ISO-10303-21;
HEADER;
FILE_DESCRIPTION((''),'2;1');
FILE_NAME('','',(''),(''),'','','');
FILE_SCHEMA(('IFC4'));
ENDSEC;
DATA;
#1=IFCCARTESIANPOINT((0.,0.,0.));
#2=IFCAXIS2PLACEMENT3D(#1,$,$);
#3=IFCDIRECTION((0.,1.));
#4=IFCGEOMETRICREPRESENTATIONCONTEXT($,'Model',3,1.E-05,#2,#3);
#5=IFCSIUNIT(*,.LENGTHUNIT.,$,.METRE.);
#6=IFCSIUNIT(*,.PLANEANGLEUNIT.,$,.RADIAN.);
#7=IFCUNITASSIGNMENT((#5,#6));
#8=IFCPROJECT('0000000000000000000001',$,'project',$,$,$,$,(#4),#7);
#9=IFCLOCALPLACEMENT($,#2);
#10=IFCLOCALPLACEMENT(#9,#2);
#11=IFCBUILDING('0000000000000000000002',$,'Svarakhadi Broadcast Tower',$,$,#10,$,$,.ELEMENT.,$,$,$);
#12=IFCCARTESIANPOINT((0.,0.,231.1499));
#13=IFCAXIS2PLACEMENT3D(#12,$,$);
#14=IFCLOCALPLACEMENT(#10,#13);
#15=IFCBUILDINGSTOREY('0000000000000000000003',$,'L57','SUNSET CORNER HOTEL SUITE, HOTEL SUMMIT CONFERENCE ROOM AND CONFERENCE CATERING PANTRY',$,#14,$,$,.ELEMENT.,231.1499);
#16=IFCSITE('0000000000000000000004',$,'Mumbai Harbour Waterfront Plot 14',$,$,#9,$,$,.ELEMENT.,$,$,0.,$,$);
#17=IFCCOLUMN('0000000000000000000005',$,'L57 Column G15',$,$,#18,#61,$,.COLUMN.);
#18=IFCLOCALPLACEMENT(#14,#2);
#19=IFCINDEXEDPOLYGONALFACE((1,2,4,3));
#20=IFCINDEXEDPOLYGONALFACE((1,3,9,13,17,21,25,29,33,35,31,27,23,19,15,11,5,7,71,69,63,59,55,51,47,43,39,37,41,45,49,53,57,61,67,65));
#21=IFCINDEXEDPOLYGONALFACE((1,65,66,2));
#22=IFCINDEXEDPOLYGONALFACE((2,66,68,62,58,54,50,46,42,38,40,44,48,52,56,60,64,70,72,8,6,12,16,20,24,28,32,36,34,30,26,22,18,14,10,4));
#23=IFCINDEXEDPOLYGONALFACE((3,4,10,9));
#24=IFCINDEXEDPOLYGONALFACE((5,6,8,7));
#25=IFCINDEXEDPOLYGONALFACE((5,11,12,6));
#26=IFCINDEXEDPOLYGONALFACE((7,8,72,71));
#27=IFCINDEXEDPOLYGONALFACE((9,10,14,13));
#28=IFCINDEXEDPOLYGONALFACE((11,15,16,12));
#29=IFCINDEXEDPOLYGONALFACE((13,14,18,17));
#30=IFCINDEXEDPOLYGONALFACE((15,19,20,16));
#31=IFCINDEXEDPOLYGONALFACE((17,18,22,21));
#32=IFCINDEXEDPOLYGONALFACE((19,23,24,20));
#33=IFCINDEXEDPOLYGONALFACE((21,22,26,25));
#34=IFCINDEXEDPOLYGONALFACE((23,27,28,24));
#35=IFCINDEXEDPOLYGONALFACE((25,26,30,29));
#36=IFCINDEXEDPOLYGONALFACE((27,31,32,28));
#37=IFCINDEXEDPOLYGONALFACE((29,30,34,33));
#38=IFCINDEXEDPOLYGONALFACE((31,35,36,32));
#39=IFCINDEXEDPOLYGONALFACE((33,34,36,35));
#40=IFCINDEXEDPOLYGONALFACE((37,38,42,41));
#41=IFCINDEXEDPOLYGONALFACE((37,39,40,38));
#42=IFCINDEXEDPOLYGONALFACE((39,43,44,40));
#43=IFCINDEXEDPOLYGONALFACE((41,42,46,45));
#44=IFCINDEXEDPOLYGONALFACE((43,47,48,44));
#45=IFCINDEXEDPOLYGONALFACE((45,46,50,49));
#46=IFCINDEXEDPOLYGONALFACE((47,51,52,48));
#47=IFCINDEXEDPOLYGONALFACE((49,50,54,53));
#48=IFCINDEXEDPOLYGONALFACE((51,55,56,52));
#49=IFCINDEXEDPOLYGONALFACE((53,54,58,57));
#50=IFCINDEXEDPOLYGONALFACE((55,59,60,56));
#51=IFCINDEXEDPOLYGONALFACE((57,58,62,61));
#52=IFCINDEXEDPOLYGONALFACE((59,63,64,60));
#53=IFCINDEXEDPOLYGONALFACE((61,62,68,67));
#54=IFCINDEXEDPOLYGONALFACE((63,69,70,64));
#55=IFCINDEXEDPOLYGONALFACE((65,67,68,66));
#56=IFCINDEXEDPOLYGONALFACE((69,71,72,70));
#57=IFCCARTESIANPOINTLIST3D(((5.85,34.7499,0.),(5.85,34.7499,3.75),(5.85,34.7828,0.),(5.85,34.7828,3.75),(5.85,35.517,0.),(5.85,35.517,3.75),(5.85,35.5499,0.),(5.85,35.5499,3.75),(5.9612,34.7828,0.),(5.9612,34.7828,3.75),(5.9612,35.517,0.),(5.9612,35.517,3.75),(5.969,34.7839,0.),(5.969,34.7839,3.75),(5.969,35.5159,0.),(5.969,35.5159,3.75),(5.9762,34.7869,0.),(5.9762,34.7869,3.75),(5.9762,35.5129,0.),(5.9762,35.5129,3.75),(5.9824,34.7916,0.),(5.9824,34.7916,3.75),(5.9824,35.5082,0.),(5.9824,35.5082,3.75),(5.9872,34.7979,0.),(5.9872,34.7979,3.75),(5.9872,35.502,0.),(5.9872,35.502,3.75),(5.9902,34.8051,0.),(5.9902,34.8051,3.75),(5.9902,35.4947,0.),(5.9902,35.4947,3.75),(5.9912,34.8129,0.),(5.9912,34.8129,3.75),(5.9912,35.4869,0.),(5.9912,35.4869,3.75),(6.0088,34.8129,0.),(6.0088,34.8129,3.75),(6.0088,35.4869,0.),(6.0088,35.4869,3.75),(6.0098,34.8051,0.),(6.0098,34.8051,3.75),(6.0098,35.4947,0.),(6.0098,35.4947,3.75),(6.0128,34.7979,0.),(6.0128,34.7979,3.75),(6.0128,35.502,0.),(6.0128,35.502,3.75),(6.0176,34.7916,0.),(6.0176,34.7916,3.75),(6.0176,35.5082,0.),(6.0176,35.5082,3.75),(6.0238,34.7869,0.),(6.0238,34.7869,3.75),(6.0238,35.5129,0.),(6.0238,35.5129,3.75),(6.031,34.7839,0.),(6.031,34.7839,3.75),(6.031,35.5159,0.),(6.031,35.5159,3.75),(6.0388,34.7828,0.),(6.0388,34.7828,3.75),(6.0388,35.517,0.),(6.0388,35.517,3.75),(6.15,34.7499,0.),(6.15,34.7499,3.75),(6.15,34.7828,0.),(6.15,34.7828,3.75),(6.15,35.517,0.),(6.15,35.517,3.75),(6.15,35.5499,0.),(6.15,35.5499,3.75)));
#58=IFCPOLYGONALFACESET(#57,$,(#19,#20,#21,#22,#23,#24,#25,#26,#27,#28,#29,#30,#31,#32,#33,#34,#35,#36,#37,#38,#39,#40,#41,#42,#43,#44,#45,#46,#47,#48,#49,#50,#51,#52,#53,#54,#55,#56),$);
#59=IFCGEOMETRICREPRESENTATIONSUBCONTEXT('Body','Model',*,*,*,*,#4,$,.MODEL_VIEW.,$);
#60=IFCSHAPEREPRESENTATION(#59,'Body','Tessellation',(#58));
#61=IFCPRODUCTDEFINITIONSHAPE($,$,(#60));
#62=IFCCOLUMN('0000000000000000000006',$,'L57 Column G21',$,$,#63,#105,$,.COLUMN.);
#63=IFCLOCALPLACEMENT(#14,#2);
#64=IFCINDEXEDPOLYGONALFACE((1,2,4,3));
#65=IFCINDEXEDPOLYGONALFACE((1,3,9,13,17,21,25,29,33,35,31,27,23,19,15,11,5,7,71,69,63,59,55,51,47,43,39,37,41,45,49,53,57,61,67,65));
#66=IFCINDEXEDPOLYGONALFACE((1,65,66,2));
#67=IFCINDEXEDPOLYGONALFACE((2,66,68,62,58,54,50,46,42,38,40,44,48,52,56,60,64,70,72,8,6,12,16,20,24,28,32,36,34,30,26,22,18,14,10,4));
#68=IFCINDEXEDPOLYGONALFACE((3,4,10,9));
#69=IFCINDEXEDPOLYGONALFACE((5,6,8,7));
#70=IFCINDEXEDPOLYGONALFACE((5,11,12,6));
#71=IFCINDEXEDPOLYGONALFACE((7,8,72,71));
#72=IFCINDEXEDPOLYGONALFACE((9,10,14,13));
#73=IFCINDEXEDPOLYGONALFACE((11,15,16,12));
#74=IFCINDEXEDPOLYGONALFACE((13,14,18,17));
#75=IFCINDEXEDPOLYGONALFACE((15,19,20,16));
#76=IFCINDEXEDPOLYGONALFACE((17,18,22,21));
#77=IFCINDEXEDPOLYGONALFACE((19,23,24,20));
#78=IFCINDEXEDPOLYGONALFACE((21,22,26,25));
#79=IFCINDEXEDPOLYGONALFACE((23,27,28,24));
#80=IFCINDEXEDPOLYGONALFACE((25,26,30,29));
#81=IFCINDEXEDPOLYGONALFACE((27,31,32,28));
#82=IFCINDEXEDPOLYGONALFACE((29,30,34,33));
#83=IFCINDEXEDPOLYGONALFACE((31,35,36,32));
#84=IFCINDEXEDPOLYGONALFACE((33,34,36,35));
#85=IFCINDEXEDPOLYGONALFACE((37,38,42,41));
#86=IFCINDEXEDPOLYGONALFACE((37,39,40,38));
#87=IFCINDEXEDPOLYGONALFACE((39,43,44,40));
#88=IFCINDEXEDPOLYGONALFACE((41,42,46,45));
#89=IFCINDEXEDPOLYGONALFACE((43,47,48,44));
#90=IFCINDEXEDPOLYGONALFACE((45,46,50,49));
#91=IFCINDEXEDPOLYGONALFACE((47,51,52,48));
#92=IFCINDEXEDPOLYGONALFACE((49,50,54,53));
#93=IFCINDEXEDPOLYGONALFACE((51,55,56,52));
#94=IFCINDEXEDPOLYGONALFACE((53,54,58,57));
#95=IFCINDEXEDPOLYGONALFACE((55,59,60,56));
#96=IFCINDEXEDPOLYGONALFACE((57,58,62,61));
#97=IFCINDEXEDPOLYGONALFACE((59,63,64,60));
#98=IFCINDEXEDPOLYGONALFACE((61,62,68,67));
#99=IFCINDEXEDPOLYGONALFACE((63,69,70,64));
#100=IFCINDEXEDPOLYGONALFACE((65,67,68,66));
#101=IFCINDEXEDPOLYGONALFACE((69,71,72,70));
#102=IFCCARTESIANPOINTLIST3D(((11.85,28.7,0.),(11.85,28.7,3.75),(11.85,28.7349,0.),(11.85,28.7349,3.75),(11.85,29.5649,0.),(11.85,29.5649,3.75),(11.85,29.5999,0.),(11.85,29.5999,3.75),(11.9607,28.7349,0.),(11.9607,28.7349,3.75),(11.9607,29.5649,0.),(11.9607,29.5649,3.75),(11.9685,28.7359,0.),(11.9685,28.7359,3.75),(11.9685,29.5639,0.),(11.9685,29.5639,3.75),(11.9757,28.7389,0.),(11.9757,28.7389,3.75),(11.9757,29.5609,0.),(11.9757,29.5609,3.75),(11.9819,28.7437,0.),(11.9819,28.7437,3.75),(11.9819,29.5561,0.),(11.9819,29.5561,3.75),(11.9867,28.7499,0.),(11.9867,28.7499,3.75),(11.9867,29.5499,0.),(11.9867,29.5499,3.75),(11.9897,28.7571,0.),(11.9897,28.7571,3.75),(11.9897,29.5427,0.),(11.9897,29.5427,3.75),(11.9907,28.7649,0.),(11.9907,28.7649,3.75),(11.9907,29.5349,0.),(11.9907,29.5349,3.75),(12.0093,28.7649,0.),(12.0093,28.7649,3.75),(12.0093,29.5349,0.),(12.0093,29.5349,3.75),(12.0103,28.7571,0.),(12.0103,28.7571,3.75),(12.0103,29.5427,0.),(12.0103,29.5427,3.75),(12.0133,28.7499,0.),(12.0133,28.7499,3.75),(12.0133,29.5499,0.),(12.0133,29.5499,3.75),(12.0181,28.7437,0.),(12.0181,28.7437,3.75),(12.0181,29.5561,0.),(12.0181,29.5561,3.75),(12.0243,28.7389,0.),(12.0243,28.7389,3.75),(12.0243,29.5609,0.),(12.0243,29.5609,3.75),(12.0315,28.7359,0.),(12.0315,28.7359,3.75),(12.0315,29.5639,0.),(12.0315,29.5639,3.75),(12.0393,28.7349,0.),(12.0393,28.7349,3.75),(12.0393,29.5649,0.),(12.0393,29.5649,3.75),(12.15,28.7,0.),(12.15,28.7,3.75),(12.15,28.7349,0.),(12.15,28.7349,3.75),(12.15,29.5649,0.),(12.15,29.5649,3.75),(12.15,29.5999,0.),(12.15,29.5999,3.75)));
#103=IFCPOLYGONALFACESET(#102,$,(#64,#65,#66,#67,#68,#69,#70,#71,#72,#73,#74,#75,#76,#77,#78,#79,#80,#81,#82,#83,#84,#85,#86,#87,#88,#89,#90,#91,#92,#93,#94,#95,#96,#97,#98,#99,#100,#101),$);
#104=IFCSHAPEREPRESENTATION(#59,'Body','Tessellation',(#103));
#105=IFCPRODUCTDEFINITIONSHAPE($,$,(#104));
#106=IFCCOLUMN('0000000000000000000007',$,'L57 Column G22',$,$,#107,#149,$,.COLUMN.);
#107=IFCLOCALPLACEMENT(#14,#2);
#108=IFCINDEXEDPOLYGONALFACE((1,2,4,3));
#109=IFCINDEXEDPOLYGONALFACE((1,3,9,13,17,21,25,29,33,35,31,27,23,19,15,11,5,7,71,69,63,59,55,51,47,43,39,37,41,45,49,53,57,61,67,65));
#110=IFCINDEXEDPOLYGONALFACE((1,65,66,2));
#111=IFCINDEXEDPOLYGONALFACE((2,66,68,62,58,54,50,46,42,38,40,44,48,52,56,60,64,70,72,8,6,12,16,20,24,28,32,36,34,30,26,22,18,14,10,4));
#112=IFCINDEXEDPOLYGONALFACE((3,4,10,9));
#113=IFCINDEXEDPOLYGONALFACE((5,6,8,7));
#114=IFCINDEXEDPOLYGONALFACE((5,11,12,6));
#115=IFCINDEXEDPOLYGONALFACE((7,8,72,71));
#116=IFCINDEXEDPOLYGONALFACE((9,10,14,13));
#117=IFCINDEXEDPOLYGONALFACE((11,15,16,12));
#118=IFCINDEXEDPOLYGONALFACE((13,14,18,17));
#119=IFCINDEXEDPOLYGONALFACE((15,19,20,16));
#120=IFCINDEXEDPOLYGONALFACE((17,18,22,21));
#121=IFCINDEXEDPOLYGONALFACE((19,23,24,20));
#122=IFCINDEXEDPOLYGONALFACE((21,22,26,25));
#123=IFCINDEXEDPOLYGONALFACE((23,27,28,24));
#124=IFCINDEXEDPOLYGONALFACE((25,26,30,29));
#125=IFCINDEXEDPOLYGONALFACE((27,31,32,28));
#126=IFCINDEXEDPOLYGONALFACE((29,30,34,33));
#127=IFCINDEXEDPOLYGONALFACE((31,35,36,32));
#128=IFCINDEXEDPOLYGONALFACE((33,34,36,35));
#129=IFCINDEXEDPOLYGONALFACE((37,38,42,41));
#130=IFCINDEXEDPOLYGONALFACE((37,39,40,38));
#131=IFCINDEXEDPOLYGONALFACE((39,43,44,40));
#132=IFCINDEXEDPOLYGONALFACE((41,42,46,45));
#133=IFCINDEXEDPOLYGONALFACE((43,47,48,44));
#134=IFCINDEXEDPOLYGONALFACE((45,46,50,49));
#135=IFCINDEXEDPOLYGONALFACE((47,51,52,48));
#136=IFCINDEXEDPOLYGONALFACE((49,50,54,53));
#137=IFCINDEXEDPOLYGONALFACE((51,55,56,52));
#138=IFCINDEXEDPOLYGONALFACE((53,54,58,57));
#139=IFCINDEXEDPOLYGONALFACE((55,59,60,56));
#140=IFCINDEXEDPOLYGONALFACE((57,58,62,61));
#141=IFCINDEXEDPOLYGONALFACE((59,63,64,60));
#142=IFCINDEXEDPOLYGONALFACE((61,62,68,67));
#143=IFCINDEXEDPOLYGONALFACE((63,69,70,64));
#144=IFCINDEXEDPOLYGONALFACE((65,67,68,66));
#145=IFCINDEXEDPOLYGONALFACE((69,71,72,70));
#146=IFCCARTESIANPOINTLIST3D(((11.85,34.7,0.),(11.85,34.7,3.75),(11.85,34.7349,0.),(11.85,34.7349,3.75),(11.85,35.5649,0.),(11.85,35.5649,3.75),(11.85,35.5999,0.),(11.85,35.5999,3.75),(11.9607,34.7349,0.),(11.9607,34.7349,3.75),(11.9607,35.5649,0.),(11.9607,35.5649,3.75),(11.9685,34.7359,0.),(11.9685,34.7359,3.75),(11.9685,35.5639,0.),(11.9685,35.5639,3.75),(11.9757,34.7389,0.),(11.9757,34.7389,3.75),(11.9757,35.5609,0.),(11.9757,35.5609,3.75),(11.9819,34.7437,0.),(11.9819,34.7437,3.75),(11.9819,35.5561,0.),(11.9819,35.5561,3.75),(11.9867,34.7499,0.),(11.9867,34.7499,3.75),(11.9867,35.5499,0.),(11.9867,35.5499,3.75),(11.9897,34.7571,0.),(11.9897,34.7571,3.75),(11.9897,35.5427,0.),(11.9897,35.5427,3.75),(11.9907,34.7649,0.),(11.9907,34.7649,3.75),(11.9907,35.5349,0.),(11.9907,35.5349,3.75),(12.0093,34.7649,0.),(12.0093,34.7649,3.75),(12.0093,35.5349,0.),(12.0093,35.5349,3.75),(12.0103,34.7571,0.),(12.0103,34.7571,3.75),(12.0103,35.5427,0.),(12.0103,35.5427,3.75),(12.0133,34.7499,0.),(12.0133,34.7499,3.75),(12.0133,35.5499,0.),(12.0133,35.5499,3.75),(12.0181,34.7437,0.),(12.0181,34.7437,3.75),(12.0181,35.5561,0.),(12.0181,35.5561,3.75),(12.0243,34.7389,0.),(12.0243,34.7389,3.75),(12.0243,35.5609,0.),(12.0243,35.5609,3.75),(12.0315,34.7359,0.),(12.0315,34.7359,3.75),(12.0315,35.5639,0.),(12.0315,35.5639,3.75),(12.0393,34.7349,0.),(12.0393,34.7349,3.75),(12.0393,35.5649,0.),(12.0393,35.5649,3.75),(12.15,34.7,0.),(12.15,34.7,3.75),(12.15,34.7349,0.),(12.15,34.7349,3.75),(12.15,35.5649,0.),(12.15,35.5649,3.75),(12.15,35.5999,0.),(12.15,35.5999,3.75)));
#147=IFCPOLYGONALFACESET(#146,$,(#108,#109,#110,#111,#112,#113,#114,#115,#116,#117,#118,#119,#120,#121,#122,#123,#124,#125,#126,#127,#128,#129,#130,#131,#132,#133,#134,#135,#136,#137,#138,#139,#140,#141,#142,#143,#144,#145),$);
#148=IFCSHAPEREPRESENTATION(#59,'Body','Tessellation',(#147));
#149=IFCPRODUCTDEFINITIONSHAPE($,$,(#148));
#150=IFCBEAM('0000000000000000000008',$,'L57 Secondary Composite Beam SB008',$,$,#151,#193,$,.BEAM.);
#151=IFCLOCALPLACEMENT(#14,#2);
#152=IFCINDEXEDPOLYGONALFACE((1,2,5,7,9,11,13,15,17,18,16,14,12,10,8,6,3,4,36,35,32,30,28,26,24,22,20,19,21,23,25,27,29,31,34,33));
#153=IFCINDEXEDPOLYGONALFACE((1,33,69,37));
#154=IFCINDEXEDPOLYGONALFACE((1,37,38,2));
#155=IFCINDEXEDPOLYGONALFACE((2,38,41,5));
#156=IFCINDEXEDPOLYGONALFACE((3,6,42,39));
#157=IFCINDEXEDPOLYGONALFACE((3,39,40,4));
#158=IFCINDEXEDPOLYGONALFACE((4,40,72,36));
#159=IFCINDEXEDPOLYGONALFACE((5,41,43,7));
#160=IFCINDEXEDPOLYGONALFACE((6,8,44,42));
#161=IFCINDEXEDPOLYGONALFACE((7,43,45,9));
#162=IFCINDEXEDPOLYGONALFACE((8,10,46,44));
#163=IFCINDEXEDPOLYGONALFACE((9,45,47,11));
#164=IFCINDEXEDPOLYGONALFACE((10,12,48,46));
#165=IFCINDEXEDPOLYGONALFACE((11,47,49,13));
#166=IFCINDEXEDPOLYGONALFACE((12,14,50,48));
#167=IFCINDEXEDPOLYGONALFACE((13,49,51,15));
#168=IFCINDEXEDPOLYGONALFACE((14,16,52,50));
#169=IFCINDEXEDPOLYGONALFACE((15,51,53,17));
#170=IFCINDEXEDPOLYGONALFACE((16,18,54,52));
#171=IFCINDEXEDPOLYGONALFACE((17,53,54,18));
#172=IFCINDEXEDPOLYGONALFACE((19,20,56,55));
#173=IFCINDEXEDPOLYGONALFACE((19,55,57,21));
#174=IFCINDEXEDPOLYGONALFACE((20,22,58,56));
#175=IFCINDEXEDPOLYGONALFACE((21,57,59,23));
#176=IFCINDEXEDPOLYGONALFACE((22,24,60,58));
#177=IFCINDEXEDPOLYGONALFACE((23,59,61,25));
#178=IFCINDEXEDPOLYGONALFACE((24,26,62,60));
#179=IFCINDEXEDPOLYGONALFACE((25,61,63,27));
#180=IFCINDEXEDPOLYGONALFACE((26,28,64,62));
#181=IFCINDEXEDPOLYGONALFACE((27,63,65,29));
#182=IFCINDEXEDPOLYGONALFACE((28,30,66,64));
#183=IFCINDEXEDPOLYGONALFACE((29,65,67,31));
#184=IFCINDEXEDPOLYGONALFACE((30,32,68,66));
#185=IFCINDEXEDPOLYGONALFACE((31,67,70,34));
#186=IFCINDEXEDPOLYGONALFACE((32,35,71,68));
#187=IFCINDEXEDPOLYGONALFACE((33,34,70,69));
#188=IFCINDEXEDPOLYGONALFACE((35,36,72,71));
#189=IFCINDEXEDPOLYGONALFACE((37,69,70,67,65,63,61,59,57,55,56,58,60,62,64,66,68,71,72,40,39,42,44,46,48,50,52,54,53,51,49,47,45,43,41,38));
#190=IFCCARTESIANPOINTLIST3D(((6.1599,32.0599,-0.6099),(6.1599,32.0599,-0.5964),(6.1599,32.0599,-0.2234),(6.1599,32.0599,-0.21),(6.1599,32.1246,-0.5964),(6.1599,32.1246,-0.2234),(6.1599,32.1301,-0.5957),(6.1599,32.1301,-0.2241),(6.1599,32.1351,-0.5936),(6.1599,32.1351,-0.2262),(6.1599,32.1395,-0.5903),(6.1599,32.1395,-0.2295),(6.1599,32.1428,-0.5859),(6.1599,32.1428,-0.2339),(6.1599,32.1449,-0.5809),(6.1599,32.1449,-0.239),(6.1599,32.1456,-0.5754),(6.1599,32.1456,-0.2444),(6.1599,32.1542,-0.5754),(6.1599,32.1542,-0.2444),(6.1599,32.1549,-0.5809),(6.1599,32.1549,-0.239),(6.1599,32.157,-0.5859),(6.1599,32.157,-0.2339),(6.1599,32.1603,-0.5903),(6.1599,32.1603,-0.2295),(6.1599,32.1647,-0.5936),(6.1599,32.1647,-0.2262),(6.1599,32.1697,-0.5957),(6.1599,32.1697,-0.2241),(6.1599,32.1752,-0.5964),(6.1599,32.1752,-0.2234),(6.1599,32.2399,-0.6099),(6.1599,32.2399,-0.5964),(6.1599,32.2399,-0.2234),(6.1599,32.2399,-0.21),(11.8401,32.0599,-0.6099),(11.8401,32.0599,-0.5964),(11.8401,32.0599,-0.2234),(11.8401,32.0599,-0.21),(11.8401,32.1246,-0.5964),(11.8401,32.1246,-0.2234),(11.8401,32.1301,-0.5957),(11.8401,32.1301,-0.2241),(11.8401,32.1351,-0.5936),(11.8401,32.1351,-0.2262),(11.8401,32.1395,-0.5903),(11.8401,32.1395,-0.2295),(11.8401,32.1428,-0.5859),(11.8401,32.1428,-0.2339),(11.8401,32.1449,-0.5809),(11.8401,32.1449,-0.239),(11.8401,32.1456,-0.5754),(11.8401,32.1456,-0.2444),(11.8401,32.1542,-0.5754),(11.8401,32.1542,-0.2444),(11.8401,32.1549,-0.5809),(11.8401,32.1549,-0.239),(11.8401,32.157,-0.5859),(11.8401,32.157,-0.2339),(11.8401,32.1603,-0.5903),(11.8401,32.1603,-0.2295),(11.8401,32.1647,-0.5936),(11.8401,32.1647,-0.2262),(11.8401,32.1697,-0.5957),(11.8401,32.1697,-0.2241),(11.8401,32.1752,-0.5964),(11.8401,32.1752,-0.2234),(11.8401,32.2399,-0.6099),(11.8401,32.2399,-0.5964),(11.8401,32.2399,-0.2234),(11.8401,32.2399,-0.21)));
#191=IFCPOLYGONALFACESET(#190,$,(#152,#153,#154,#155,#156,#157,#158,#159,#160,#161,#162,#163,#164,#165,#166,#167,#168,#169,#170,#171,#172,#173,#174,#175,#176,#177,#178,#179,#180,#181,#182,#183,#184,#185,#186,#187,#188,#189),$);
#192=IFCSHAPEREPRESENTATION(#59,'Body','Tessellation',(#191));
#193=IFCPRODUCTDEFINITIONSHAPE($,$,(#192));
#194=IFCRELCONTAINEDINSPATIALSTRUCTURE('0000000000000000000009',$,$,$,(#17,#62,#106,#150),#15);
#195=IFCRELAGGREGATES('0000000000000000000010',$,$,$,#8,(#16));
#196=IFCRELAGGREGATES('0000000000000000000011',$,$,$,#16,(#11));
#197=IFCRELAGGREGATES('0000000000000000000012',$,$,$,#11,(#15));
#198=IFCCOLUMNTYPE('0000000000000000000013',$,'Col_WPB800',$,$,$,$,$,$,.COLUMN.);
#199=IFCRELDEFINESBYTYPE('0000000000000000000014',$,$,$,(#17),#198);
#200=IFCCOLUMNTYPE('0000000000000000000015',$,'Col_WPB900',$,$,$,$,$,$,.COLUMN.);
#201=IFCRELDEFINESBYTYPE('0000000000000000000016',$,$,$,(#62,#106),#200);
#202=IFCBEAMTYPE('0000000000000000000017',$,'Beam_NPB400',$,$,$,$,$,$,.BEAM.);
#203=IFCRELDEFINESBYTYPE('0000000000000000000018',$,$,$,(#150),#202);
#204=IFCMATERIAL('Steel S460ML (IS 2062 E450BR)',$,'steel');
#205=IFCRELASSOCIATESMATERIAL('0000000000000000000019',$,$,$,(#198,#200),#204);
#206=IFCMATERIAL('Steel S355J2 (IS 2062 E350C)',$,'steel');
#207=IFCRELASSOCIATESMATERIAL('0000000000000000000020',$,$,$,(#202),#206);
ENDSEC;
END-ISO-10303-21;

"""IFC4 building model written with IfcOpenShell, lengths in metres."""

from ifc_helpers import new_model, si_unit, direction, frame, origin, origin_2d, place, context, subcontext, project, spatial, i_section, extrude, material, material_profile, profile_set, type_object, element, save


model = new_model("IFC4")

# Units and contexts
model_context = context("Model", 3, precision=1e-05, world=origin(), true_north=direction((0.0, 1.0)))
body_context = subcontext(model_context, "Body", "Model", "MODEL_VIEW")
ifc_project = project(units=[si_unit("LENGTHUNIT", "METRE"), si_unit("PLANEANGLEUNIT", "RADIAN")], contexts=[model_context])

# Site, building, storey
site_placement = place(None, origin())
site = spatial("IfcSite", under=ifc_project, at=site_placement, Name="Mumbai Harbour Waterfront Plot 14", CompositionType="ELEMENT", RefElevation=0.0)
building_placement = place(site_placement, origin())
building = spatial("IfcBuilding", under=site, at=building_placement, Name="Svarakhadi Broadcast Tower", CompositionType="ELEMENT")
storey_placement = place(building_placement, frame((0.0, 0.0, 231.1499)))
storey = spatial("IfcBuildingStorey", under=building, at=storey_placement, Name="L57", Description="SUNSET CORNER HOTEL SUITE, HOTEL SUMMIT CONFERENCE ROOM AND CONFERENCE CATERING PANTRY", CompositionType="ELEMENT", Elevation=231.1499)

# Columns
ifc_material_1 = material(Name="Steel S460ML (IS 2062 E450BR)", Category="steel")
ifc_material_profile_1 = material_profile(ifc_material_1, i_section(OverallWidth=0.3, OverallDepth=0.8, WebThickness=0.0176, FlangeThickness=0.033, FilletRadius=0.03, at=origin_2d()), Name="WPB 800x300x262")
ifc_profile_set_1 = profile_set([ifc_material_profile_1], Name="Steel S460ML (IS 2062 E450BR)")
column_type_1 = type_object("IfcColumnType", Name="Col_WPB800", PredefinedType="COLUMN", material=ifc_profile_set_1)
column_placement = place(storey_placement, frame((6.0, 35.1499, 0.0), z_axis=(0.0, 0.0, 1.0), x_axis=(1.0, 0.0, 0.0)))
element("IfcColumn", 1, at=column_placement, inside=storey, type_object=column_type_1, Name="L57 Column G15", PredefinedType="COLUMN", context=body_context, shape_type="SweptSolid", body=[
    extrude(i_section(OverallWidth=0.3, OverallDepth=0.8, WebThickness=0.0176, FlangeThickness=0.033, FilletRadius=0.03, at=origin_2d()), origin(), (0.0, 0.0, 1.0), 3.75),
])
ifc_material_profile_2 = material_profile(ifc_material_1, i_section(OverallWidth=0.3, OverallDepth=0.8999, WebThickness=0.0186, FlangeThickness=0.0349, FilletRadius=0.03, at=origin_2d()), Name="WPB 900x300x291")
ifc_profile_set_2 = profile_set([ifc_material_profile_2], Name="Steel S460ML (IS 2062 E450BR)")
column_type_2 = type_object("IfcColumnType", Name="Col_WPB900", PredefinedType="COLUMN", material=ifc_profile_set_2)
for number, where, z_axis, x_axis, name in (
    (2, (12.0, 29.1499, 0.0), (0.0, 0.0, 1.0), (1.0, 0.0, 0.0), "L57 Column G21"),
    (3, (12.0, 35.1499, 0.0), (0.0, 0.0, 1.0), (1.0, 0.0, 0.0), "L57 Column G22"),
):
    element("IfcColumn", number, at=place(storey_placement, frame(where, z_axis=z_axis, x_axis=x_axis)), inside=storey, type_object=column_type_2, Name=name, PredefinedType="COLUMN", context=body_context, shape_type="SweptSolid", body=[
        extrude(i_section(OverallWidth=0.3, OverallDepth=0.8999, WebThickness=0.0186, FlangeThickness=0.0349, FilletRadius=0.03, at=origin_2d()), origin(), (0.0, 0.0, 1.0), 3.75),
    ])

# Beam
ifc_material_2 = material(Name="Steel S355J2 (IS 2062 E350C)", Category="steel")
ifc_material_profile_3 = material_profile(ifc_material_2, i_section(OverallWidth=0.1799, OverallDepth=0.3999, WebThickness=0.0085, FlangeThickness=0.0134, FilletRadius=0.021, at=origin_2d()), Name="NPB 400x180x66")
ifc_profile_set_3 = profile_set([ifc_material_profile_3], Name="Steel S355J2 (IS 2062 E350C)")
beam_type_1 = type_object("IfcBeamType", Name="Beam_NPB400", PredefinedType="BEAM", material=ifc_profile_set_3)
for number, where, z_axis, x_axis, name in (
    (4, (6.1599, 32.1499, -0.4099), (1.0, 0.0, 0.0), (0.0, 1.0, 0.0), "L57 Secondary Composite Beam SB008"),
):
    element("IfcBeam", number, at=place(storey_placement, frame(where, z_axis=z_axis, x_axis=x_axis)), inside=storey, type_object=beam_type_1, Name=name, PredefinedType="BEAM", context=body_context, shape_type="SweptSolid", body=[
        extrude(i_section(OverallWidth=0.1799, OverallDepth=0.3999, WebThickness=0.0085, FlangeThickness=0.0134, FilletRadius=0.021, at=origin_2d()), origin(), (0.0, 0.0, 1.0), 5.6802),
    ])

save(model, "model.ifc")
